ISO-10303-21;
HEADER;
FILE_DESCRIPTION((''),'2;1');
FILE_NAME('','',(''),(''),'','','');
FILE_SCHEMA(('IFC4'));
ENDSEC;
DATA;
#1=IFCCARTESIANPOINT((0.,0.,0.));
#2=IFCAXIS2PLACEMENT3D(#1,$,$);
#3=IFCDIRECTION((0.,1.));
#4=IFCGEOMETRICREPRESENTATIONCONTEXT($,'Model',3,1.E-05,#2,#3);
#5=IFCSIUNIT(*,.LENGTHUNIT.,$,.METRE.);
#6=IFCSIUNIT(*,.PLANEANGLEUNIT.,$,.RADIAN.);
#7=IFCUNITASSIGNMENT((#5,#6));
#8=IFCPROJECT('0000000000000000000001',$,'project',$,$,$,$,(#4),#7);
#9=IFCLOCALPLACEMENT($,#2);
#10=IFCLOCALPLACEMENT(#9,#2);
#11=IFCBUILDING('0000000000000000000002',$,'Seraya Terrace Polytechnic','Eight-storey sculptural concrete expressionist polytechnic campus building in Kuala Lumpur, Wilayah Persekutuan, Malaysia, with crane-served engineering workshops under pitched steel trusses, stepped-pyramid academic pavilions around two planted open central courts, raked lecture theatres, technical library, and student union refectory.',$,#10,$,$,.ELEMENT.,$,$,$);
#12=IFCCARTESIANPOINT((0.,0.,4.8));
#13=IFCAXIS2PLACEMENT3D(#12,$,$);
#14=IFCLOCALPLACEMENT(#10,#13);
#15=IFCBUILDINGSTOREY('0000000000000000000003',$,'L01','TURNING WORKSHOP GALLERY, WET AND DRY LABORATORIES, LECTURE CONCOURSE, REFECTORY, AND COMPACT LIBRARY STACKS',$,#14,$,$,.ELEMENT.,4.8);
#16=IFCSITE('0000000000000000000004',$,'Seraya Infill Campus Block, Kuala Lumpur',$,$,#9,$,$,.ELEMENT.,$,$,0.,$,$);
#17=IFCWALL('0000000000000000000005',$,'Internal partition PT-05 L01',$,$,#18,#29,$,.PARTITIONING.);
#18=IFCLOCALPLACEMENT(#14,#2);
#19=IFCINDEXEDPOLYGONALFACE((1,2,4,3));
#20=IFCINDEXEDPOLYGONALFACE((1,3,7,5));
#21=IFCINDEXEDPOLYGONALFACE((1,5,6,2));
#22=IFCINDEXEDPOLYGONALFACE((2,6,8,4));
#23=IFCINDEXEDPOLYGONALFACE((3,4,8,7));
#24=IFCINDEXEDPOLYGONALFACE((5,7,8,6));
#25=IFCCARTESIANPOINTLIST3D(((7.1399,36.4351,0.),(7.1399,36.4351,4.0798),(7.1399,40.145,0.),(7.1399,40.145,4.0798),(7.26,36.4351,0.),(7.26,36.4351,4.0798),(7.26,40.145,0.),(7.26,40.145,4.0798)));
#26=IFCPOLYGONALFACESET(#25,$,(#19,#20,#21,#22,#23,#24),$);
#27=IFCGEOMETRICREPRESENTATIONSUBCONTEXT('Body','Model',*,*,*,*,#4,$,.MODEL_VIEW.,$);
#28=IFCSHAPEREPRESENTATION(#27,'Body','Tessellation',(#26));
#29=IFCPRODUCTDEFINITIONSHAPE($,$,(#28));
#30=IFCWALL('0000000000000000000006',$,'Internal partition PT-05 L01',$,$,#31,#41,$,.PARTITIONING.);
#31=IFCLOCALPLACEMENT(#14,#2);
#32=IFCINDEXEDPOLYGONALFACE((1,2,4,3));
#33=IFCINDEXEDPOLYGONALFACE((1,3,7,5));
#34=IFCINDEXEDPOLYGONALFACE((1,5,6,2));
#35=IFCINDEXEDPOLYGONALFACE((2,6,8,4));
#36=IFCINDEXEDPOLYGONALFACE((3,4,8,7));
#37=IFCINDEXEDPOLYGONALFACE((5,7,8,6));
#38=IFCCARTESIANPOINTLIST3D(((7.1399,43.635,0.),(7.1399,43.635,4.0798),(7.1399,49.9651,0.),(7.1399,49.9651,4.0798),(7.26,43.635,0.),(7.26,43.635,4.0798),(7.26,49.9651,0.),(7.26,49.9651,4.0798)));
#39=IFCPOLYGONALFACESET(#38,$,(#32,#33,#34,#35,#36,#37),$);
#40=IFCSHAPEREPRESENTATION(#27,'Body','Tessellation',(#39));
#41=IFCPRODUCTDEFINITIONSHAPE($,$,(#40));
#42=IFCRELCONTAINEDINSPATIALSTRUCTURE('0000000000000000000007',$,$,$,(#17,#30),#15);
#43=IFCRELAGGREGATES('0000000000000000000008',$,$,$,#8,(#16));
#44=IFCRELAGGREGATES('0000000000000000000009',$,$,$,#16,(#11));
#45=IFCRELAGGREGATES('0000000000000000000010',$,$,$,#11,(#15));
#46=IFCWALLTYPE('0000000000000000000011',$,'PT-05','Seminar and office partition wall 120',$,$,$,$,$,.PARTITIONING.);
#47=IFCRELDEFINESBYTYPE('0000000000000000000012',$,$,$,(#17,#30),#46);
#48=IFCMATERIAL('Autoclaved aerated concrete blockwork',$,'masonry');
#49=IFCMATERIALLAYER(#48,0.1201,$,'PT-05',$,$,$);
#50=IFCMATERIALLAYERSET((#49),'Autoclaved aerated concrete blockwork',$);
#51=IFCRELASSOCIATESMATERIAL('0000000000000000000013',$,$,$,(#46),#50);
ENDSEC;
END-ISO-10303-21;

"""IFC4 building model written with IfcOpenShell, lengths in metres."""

from ifc_helpers import new_model, si_unit, direction, frame, frame_2d, origin, place, context, subcontext, project, spatial, rectangle, extrude, material, layer, layer_set, type_object, element, save


model = new_model("IFC4")

# Units and contexts
model_context = context("Model", 3, precision=1e-05, world=origin(), true_north=direction((0.0, 1.0)))
body_context = subcontext(model_context, "Body", "Model", "MODEL_VIEW")
ifc_project = project(units=[si_unit("LENGTHUNIT", "METRE"), si_unit("PLANEANGLEUNIT", "RADIAN")], contexts=[model_context])

# Site, building, storey
site_placement = place(None, origin())
site = spatial("IfcSite", under=ifc_project, at=site_placement, Name="Seraya Infill Campus Block, Kuala Lumpur", CompositionType="ELEMENT", RefElevation=0.0)
building_placement = place(site_placement, origin())
building = spatial("IfcBuilding", under=site, at=building_placement, Name="Seraya Terrace Polytechnic", Description="Eight-storey sculptural concrete expressionist polytechnic campus building in Kuala Lumpur, Wilayah Persekutuan, Malaysia, with crane-served engineering workshops under pitched steel trusses, stepped-pyramid academic pavilions around two planted open central courts, raked lecture theatres, technical library, and student union refectory.", CompositionType="ELEMENT")
storey_placement = place(building_placement, frame((0.0, 0.0, 4.8)))
storey = spatial("IfcBuildingStorey", under=building, at=storey_placement, Name="L01", Description="TURNING WORKSHOP GALLERY, WET AND DRY LABORATORIES, LECTURE CONCOURSE, REFECTORY, AND COMPACT LIBRARY STACKS", CompositionType="ELEMENT", Elevation=4.8)

# Walls
ifc_material_1 = material(Name="Autoclaved aerated concrete blockwork", Category="masonry")
ifc_layer_1 = layer(ifc_material_1, 0.1201, Name="PT-05")
ifc_layer_set_1 = layer_set([ifc_layer_1], Name="Autoclaved aerated concrete blockwork")
wall_type_1 = type_object("IfcWallType", Name="PT-05", Description="Seminar and office partition wall 120", PredefinedType="PARTITIONING", material=ifc_layer_set_1)
wall_1_placement = place(storey_placement, frame((7.2, 36.4351, 0.0), z_axis=(0.0, 0.0, 1.0), x_axis=(0.0, 1.0, 0.0)))
element("IfcWall", 1, at=wall_1_placement, inside=storey, type_object=wall_type_1, Name="Internal partition PT-05 L01", PredefinedType="PARTITIONING", context=body_context, shape_type="SweptSolid", body=[
    extrude(rectangle(XDim=3.71, YDim=0.1201, at=frame_2d((1.855, 0.0))), origin(), (0.0, 0.0, 1.0), 4.0798),
])
wall_2_placement = place(storey_placement, frame((7.2, 43.635, 0.0), z_axis=(0.0, 0.0, 1.0), x_axis=(0.0, 1.0, 0.0)))
element("IfcWall", 2, at=wall_2_placement, inside=storey, type_object=wall_type_1, Name="Internal partition PT-05 L01", PredefinedType="PARTITIONING", context=body_context, shape_type="SweptSolid", body=[
    extrude(rectangle(XDim=6.3301, YDim=0.1201, at=frame_2d((3.165, 0.0))), origin(), (0.0, 0.0, 1.0), 4.0798),
])

save(model, "model.ifc")
